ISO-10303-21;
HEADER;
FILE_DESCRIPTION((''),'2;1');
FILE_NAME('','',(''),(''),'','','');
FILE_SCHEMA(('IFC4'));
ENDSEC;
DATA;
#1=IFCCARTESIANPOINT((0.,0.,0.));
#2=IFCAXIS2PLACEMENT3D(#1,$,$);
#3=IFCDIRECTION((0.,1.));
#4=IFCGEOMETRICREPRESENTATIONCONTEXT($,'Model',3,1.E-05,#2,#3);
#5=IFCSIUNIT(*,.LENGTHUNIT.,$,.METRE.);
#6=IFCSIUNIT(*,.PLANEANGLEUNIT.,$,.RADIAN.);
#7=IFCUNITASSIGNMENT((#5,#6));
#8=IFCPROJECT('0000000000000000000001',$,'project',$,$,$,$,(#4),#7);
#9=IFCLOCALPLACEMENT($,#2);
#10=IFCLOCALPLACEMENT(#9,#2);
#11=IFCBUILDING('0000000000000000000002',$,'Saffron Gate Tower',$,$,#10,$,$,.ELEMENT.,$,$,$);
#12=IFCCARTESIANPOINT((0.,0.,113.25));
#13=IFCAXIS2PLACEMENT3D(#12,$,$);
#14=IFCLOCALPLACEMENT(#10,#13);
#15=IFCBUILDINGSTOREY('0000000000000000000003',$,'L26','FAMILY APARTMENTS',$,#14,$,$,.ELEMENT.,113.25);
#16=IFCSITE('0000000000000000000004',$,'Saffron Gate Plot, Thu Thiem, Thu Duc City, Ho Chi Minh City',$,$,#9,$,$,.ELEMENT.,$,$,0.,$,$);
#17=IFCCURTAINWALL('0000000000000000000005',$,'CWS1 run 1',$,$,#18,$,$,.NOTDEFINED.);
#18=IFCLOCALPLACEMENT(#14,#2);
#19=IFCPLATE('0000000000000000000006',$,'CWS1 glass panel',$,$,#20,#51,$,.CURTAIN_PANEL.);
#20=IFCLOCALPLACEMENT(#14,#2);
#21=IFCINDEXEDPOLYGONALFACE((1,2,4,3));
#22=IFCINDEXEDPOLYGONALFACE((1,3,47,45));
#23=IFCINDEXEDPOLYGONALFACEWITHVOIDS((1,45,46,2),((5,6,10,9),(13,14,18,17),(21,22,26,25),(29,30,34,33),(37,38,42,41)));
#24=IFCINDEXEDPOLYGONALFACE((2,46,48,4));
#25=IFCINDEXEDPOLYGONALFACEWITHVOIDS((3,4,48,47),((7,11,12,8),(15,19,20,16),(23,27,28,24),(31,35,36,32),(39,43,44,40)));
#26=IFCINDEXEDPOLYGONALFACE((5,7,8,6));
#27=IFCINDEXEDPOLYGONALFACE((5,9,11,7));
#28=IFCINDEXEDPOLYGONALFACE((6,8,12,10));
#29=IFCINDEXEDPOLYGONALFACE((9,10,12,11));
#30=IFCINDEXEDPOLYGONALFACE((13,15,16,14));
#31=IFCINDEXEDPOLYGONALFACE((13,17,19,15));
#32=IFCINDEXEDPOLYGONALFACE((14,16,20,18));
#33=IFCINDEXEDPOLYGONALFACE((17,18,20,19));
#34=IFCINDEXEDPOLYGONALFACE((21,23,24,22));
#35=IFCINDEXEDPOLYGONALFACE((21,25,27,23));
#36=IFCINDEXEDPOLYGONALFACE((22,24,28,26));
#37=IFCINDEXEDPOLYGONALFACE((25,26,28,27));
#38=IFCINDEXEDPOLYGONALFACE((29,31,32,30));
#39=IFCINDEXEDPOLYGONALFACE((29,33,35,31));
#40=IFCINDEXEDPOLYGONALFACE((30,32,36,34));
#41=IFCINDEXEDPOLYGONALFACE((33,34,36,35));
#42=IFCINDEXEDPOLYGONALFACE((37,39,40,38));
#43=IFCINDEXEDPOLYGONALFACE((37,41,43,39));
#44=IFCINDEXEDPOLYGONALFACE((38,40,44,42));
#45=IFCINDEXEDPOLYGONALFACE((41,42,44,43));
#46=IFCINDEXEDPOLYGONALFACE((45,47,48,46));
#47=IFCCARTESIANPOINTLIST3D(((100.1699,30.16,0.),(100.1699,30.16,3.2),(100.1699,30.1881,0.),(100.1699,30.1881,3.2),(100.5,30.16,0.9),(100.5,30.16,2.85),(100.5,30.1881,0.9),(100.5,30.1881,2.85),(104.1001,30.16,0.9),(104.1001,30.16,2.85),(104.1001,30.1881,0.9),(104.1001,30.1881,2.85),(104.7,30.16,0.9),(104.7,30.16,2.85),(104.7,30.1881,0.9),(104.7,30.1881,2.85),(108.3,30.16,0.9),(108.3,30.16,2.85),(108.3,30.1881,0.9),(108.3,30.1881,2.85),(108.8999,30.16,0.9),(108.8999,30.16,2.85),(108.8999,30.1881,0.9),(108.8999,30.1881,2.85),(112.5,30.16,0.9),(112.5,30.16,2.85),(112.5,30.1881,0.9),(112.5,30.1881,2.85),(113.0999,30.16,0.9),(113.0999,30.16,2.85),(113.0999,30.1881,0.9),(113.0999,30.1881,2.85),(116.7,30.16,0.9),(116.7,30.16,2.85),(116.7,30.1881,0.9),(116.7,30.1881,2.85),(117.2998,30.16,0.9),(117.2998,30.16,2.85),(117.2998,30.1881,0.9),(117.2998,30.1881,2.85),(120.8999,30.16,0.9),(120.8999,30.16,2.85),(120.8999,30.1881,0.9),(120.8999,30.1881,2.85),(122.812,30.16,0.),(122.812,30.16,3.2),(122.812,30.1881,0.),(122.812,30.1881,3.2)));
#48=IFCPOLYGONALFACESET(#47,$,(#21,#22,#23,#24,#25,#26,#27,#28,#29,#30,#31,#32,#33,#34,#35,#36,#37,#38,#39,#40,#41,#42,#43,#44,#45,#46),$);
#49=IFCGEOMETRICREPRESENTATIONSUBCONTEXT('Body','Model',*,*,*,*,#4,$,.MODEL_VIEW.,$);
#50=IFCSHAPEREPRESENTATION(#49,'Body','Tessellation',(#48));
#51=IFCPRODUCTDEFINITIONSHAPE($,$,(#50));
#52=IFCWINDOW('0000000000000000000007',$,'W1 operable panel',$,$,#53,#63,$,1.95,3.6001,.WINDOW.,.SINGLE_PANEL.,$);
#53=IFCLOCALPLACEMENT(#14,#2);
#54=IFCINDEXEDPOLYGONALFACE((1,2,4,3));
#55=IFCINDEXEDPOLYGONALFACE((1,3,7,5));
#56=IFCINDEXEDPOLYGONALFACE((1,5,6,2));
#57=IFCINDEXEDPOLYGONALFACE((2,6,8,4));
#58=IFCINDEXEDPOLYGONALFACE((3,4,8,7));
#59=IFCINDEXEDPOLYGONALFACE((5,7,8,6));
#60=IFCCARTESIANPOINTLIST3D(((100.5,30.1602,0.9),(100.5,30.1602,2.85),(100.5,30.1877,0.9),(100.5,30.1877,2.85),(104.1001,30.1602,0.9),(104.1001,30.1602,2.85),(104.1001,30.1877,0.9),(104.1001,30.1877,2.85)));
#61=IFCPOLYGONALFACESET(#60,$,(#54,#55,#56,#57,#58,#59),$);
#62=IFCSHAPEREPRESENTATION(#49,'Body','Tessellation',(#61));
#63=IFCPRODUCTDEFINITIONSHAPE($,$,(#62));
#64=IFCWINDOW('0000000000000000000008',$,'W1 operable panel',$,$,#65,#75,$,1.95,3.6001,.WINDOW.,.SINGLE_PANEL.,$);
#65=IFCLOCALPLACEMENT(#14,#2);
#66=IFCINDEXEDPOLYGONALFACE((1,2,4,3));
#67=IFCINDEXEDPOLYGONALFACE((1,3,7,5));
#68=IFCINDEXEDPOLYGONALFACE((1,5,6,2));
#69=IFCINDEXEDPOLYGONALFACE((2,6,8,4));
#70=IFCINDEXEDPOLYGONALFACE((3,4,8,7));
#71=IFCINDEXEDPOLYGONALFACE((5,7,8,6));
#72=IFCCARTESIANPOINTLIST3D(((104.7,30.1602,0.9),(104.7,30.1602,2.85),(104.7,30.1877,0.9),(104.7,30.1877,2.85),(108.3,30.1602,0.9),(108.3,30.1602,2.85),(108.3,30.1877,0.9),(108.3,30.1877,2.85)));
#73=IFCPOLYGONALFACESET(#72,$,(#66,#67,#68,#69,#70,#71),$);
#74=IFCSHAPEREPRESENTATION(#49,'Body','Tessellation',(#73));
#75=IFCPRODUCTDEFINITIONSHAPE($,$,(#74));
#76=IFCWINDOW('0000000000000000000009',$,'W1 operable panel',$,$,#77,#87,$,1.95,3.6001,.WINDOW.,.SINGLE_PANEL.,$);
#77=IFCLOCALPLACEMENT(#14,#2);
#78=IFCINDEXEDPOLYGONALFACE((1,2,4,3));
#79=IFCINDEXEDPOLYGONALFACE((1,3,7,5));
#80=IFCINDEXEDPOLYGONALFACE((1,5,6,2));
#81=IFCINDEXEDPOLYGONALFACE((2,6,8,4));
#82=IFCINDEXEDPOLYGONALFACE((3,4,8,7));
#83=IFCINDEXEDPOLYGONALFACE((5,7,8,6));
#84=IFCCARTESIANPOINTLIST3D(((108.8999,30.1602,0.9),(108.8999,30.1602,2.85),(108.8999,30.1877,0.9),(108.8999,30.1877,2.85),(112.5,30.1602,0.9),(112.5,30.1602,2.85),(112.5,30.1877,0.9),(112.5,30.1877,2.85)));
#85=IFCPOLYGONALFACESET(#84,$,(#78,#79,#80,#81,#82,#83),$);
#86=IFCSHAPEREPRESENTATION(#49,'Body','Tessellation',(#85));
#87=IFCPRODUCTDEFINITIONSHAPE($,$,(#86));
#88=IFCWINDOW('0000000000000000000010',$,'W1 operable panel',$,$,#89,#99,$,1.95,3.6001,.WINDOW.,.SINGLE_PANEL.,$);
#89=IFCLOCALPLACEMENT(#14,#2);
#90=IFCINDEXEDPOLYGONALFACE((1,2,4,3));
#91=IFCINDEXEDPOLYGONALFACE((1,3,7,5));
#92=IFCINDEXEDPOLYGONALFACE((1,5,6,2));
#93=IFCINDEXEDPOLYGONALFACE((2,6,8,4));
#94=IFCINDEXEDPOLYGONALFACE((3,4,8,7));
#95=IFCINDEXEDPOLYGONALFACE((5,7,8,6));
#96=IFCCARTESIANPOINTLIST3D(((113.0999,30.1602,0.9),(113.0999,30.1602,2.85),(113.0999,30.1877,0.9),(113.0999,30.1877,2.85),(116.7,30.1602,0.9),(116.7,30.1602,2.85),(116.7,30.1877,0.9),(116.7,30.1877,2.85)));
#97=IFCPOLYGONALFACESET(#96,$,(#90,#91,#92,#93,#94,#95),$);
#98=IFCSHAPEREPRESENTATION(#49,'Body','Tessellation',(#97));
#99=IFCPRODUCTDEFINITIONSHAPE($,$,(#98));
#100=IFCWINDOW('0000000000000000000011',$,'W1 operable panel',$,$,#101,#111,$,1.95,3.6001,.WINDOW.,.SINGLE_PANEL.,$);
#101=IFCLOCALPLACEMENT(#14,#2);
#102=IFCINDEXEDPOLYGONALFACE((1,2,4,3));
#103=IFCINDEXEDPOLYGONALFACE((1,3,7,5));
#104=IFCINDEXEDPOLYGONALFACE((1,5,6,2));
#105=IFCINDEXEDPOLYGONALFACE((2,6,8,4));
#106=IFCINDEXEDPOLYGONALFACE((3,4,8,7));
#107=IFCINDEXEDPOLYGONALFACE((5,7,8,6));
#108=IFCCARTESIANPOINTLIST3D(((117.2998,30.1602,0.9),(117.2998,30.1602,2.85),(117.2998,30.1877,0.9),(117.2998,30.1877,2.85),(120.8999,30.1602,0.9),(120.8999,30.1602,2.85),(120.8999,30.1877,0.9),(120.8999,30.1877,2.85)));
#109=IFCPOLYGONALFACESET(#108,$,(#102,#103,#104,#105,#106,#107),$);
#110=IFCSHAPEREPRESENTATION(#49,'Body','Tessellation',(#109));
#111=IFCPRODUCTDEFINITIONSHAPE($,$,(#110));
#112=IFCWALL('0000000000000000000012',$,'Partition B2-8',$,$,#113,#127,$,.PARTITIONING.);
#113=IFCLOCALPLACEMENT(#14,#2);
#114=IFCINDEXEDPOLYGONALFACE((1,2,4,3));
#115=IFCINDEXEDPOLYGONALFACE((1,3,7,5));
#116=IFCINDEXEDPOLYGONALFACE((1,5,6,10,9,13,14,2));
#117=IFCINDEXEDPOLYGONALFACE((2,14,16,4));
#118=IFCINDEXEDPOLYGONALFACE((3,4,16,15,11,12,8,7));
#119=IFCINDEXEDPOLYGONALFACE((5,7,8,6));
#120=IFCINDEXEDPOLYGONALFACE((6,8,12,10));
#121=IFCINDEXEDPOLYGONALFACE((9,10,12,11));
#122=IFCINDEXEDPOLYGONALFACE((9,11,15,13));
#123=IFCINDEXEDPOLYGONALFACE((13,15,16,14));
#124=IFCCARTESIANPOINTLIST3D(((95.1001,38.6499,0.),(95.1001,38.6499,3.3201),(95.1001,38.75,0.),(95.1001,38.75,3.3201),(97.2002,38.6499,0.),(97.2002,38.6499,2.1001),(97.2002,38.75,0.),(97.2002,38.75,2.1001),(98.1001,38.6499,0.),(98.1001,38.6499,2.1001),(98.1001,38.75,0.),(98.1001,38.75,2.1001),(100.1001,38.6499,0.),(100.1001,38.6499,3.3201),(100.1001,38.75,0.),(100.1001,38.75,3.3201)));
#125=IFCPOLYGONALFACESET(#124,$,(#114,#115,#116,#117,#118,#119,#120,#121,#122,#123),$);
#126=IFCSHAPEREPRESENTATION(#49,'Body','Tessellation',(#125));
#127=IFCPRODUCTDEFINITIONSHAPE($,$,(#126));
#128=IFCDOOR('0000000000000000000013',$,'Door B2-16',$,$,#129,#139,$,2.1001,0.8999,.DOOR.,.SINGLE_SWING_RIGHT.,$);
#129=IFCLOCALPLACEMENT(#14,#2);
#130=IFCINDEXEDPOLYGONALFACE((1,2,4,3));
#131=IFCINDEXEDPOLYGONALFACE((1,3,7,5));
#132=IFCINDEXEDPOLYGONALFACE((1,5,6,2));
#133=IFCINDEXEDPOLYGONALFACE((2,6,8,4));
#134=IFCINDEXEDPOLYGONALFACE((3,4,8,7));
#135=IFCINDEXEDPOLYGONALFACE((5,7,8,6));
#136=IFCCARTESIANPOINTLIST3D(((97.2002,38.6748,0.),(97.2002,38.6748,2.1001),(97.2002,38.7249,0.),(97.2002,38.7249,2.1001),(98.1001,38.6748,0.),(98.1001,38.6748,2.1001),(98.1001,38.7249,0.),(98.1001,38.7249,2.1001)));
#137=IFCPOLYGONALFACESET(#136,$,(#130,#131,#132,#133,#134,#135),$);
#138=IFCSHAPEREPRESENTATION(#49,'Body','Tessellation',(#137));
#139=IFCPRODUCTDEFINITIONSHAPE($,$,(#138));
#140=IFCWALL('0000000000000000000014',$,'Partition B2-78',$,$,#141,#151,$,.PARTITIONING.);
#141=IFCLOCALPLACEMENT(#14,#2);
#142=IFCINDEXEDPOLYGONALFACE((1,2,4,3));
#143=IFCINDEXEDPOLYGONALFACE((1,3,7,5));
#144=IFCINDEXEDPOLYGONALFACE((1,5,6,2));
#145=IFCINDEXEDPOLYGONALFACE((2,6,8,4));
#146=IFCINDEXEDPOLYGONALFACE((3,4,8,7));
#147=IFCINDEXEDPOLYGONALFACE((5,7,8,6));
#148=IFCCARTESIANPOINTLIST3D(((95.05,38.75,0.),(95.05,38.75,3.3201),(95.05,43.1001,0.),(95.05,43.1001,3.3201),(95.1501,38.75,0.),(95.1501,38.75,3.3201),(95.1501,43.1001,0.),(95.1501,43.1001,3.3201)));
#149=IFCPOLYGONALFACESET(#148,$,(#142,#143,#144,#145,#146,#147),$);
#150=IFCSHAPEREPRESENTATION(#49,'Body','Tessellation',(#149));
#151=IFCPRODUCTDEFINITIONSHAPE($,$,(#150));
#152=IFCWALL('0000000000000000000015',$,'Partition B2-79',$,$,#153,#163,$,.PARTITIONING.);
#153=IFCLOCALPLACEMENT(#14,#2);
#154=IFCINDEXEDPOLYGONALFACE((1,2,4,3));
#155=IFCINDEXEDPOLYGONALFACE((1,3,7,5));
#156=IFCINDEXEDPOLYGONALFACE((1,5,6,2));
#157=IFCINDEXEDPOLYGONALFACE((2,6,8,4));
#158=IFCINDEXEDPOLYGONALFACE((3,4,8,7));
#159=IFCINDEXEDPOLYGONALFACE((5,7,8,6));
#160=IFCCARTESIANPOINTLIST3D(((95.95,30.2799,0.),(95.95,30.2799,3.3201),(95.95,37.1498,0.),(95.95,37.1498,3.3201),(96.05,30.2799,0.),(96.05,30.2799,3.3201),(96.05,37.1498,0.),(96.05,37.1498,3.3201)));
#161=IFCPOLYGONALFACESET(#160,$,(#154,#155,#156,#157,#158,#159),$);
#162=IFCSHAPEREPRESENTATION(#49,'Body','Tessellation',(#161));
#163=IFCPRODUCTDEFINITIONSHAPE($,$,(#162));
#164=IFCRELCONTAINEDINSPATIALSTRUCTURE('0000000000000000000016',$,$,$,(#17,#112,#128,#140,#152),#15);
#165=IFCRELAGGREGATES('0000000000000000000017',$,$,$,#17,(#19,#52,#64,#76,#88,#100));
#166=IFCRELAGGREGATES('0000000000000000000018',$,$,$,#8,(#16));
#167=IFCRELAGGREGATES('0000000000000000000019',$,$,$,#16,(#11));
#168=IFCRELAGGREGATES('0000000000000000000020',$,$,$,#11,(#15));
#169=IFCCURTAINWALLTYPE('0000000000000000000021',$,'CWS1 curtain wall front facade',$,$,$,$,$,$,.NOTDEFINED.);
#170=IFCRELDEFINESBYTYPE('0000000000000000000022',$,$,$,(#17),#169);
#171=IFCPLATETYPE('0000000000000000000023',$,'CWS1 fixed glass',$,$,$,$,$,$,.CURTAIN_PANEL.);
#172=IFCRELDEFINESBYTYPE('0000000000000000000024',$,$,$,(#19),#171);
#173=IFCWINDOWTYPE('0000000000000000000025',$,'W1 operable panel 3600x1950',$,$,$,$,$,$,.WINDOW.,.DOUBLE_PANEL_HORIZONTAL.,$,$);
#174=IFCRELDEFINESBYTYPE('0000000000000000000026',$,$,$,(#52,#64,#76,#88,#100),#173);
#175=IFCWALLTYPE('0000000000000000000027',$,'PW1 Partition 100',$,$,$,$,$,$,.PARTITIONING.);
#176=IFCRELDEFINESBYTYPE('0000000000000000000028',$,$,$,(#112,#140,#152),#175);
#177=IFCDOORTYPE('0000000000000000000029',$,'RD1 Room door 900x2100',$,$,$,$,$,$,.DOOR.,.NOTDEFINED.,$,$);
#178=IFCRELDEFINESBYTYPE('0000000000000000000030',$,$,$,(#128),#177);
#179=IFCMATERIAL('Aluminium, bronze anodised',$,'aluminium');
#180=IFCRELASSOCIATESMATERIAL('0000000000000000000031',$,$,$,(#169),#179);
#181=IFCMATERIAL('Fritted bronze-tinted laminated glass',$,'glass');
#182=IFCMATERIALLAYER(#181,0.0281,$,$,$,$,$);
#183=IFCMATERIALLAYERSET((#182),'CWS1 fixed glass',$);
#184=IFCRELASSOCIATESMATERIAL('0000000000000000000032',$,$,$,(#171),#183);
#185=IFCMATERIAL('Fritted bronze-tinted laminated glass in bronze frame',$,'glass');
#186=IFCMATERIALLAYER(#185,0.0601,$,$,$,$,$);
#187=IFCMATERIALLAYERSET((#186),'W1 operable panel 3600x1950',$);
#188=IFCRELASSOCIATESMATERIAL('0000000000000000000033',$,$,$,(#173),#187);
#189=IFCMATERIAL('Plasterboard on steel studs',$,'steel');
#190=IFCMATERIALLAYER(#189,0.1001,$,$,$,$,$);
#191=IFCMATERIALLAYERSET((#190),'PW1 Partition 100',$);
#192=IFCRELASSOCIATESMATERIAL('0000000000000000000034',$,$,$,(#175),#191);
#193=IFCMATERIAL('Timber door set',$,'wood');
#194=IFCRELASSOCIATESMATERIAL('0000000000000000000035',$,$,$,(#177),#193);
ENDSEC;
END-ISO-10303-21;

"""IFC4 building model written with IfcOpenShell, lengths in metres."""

from ifc_helpers import new_model, si_unit, direction, frame, frame_2d, origin, place, context, subcontext, project, spatial, rectangle, extrude, material, layer, layer_set, type_object, element, fill, aggregate, save


model = new_model("IFC4")

# Units and contexts
model_context = context("Model", 3, precision=1e-05, world=origin(), true_north=direction((0.0, 1.0)))
body_context = subcontext(model_context, "Body", "Model", "MODEL_VIEW")
ifc_project = project(units=[si_unit("LENGTHUNIT", "METRE"), si_unit("PLANEANGLEUNIT", "RADIAN")], contexts=[model_context])

# Site, building, storey
site_placement = place(None, origin())
site = spatial("IfcSite", under=ifc_project, at=site_placement, Name="Saffron Gate Plot, Thu Thiem, Thu Duc City, Ho Chi Minh City", CompositionType="ELEMENT", RefElevation=0.0)
building_placement = place(site_placement, origin())
building = spatial("IfcBuilding", under=site, at=building_placement, Name="Saffron Gate Tower", CompositionType="ELEMENT")
storey_placement = place(building_placement, frame((0.0, 0.0, 113.25)))
storey = spatial("IfcBuildingStorey", under=building, at=storey_placement, Name="L26", Description="FAMILY APARTMENTS", CompositionType="ELEMENT", Elevation=113.25)

# Curtain wall, plate, openings, windows
ifc_material_1 = material(Name="Aluminium, bronze anodised", Category="aluminium")
curtain_wall_type = type_object("IfcCurtainWallType", Name="CWS1 curtain wall front facade", PredefinedType="NOTDEFINED", material=ifc_material_1)
curtain_wall_placement = place(storey_placement, origin())
curtain_wall = element("IfcCurtainWall", 1, at=curtain_wall_placement, inside=storey, type_object=curtain_wall_type, Name="CWS1 run 1", PredefinedType="NOTDEFINED")
ifc_material_2 = material(Name="Fritted bronze-tinted laminated glass", Category="glass")
ifc_layer_1 = layer(ifc_material_2, 0.0281)
ifc_layer_set_1 = layer_set([ifc_layer_1], Name="CWS1 fixed glass")
plate_type = type_object("IfcPlateType", Name="CWS1 fixed glass", PredefinedType="CURTAIN_PANEL", material=ifc_layer_set_1)
plate_placement = place(storey_placement, frame((100.1699, 30.1741, 0.0), z_axis=(0.0, 0.0, 1.0), x_axis=(1.0, 0.0, 0.0)))
plate = element("IfcPlate", 2, at=plate_placement, type_object=plate_type, Name="CWS1 glass panel", PredefinedType="CURTAIN_PANEL", context=body_context, shape_type="SweptSolid", body=[
    extrude(rectangle(XDim=22.6421, YDim=0.0281, at=frame_2d((11.321, 0.0))), origin(), (0.0, 0.0, 1.0), 3.2),
])
opening_1_placement = place(plate_placement, frame((0.3301, 0.0, 0.8999)))
opening_1 = element("IfcOpeningElement", 3, at=opening_1_placement, cuts=plate, PredefinedType="OPENING", context=body_context, shape_type="SweptSolid", body=[
    extrude(rectangle(XDim=3.6001, YDim=1.95, at=frame_2d((1.8, 0.9751))), frame((0.0, 0.0239, 0.0), z_axis=(0.0, -1.0, 0.0), x_axis=(1.0, 0.0, 0.0)), (0.0, 0.0, 1.0), 0.0481),
])
opening_2_placement = place(plate_placement, frame((4.53, 0.0, 0.8999)))
opening_2 = element("IfcOpeningElement", 4, at=opening_2_placement, cuts=plate, PredefinedType="OPENING", context=body_context, shape_type="SweptSolid", body=[
    extrude(rectangle(XDim=3.6001, YDim=1.95, at=frame_2d((1.8, 0.9751))), frame((0.0, 0.0239, 0.0), z_axis=(0.0, -1.0, 0.0), x_axis=(1.0, 0.0, 0.0)), (0.0, 0.0, 1.0), 0.0481),
])
opening_3_placement = place(plate_placement, frame((8.73, 0.0, 0.8999)))
opening_3 = element("IfcOpeningElement", 5, at=opening_3_placement, cuts=plate, PredefinedType="OPENING", context=body_context, shape_type="SweptSolid", body=[
    extrude(rectangle(XDim=3.6001, YDim=1.95, at=frame_2d((1.8, 0.9751))), frame((0.0, 0.0239, 0.0), z_axis=(0.0, -1.0, 0.0), x_axis=(1.0, 0.0, 0.0)), (0.0, 0.0, 1.0), 0.0481),
])
opening_4_placement = place(plate_placement, frame((12.9299, 0.0, 0.8999)))
opening_4 = element("IfcOpeningElement", 6, at=opening_4_placement, cuts=plate, PredefinedType="OPENING", context=body_context, shape_type="SweptSolid", body=[
    extrude(rectangle(XDim=3.6001, YDim=1.95, at=frame_2d((1.8, 0.9751))), frame((0.0, 0.0239, 0.0), z_axis=(0.0, -1.0, 0.0), x_axis=(1.0, 0.0, 0.0)), (0.0, 0.0, 1.0), 0.0481),
])
opening_5_placement = place(plate_placement, frame((17.1299, 0.0, 0.8999)))
opening_5 = element("IfcOpeningElement", 7, at=opening_5_placement, cuts=plate, PredefinedType="OPENING", context=body_context, shape_type="SweptSolid", body=[
    extrude(rectangle(XDim=3.6001, YDim=1.95, at=frame_2d((1.8, 0.9751))), frame((0.0, 0.0239, 0.0), z_axis=(0.0, -1.0, 0.0), x_axis=(1.0, 0.0, 0.0)), (0.0, 0.0, 1.0), 0.0481),
])
ifc_material_3 = material(Name="Fritted bronze-tinted laminated glass in bronze frame", Category="glass")
ifc_layer_2 = layer(ifc_material_3, 0.0601)
ifc_layer_set_2 = layer_set([ifc_layer_2], Name="W1 operable panel 3600x1950")
window_type = type_object("IfcWindowType", Name="W1 operable panel 3600x1950", PartitioningType="DOUBLE_PANEL_HORIZONTAL", PredefinedType="WINDOW", material=ifc_layer_set_2)
window_1_placement = place(opening_1_placement, origin())
window_1 = element("IfcWindow", 8, at=window_1_placement, type_object=window_type, Name="W1 operable panel", OverallHeight=1.95, OverallWidth=3.6001, PartitioningType="SINGLE_PANEL", PredefinedType="WINDOW", context=body_context, shape_type="SweptSolid", body=[
    extrude(rectangle(XDim=3.6001, YDim=1.95, at=frame_2d((1.8, 0.9751))), frame((0.0, 0.0137, 0.0), z_axis=(0.0, -1.0, 0.0), x_axis=(1.0, 0.0, 0.0)), (0.0, 0.0, 1.0), 0.0276),
])
fill(opening_1, window_1)
window_2_placement = place(opening_2_placement, origin())
window_2 = element("IfcWindow", 9, at=window_2_placement, type_object=window_type, Name="W1 operable panel", OverallHeight=1.95, OverallWidth=3.6001, PartitioningType="SINGLE_PANEL", PredefinedType="WINDOW", context=body_context, shape_type="SweptSolid", body=[
    extrude(rectangle(XDim=3.6001, YDim=1.95, at=frame_2d((1.8, 0.9751))), frame((0.0, 0.0137, 0.0), z_axis=(0.0, -1.0, 0.0), x_axis=(1.0, 0.0, 0.0)), (0.0, 0.0, 1.0), 0.0276),
])
fill(opening_2, window_2)
window_3_placement = place(opening_3_placement, origin())
window_3 = element("IfcWindow", 10, at=window_3_placement, type_object=window_type, Name="W1 operable panel", OverallHeight=1.95, OverallWidth=3.6001, PartitioningType="SINGLE_PANEL", PredefinedType="WINDOW", context=body_context, shape_type="SweptSolid", body=[
    extrude(rectangle(XDim=3.6001, YDim=1.95, at=frame_2d((1.8, 0.9751))), frame((0.0, 0.0137, 0.0), z_axis=(0.0, -1.0, 0.0), x_axis=(1.0, 0.0, 0.0)), (0.0, 0.0, 1.0), 0.0276),
])
fill(opening_3, window_3)
window_4_placement = place(opening_4_placement, origin())
window_4 = element("IfcWindow", 11, at=window_4_placement, type_object=window_type, Name="W1 operable panel", OverallHeight=1.95, OverallWidth=3.6001, PartitioningType="SINGLE_PANEL", PredefinedType="WINDOW", context=body_context, shape_type="SweptSolid", body=[
    extrude(rectangle(XDim=3.6001, YDim=1.95, at=frame_2d((1.8, 0.9751))), frame((0.0, 0.0137, 0.0), z_axis=(0.0, -1.0, 0.0), x_axis=(1.0, 0.0, 0.0)), (0.0, 0.0, 1.0), 0.0276),
])
fill(opening_4, window_4)
window_5_placement = place(opening_5_placement, origin())
window_5 = element("IfcWindow", 12, at=window_5_placement, type_object=window_type, Name="W1 operable panel", OverallHeight=1.95, OverallWidth=3.6001, PartitioningType="SINGLE_PANEL", PredefinedType="WINDOW", context=body_context, shape_type="SweptSolid", body=[
    extrude(rectangle(XDim=3.6001, YDim=1.95, at=frame_2d((1.8, 0.9751))), frame((0.0, 0.0137, 0.0), z_axis=(0.0, -1.0, 0.0), x_axis=(1.0, 0.0, 0.0)), (0.0, 0.0, 1.0), 0.0276),
])
fill(opening_5, window_5)
aggregate(curtain_wall, [plate, window_1, window_2, window_3, window_4, window_5])

# Wall, opening, door
ifc_material_4 = material(Name="Plasterboard on steel studs", Category="steel")
ifc_layer_3 = layer(ifc_material_4, 0.1001)
ifc_layer_set_3 = layer_set([ifc_layer_3], Name="PW1 Partition 100")
wall_type_1 = type_object("IfcWallType", Name="PW1 Partition 100", PredefinedType="PARTITIONING", material=ifc_layer_set_3)
wall_1_placement = place(storey_placement, frame((95.1001, 38.7, 0.0), z_axis=(0.0, 0.0, 1.0), x_axis=(1.0, 0.0, 0.0)))
wall_1 = element("IfcWall", 13, at=wall_1_placement, inside=storey, type_object=wall_type_1, Name="Partition B2-8", PredefinedType="PARTITIONING", context=body_context, shape_type="SweptSolid", body=[
    extrude(rectangle(XDim=5.0, YDim=0.1001, at=frame_2d((2.5, 0.0))), origin(), (0.0, 0.0, 1.0), 3.3201),
])
opening_6_placement = place(wall_1_placement, frame((2.1001, 0.0, 0.0)))
opening_6 = element("IfcOpeningElement", 14, at=opening_6_placement, cuts=wall_1, PredefinedType="OPENING", context=body_context, shape_type="SweptSolid", body=[
    extrude(rectangle(XDim=0.8999, YDim=2.1001, at=frame_2d((0.45, 1.05))), frame((0.0, 0.0601, 0.0), z_axis=(0.0, -1.0, 0.0), x_axis=(1.0, 0.0, 0.0)), (0.0, 0.0, 1.0), 0.1201),
])
ifc_material_5 = material(Name="Timber door set", Category="wood")
door_type = type_object("IfcDoorType", Name="RD1 Room door 900x2100", OperationType="NOTDEFINED", PredefinedType="DOOR", material=ifc_material_5)
door_1_placement = place(opening_6_placement, origin())
door_1 = element("IfcDoor", 15, at=door_1_placement, inside=storey, type_object=door_type, Name="Door B2-16", OperationType="SINGLE_SWING_RIGHT", OverallHeight=2.1001, OverallWidth=0.8999, PredefinedType="DOOR", context=body_context, shape_type="SweptSolid", body=[
    extrude(rectangle(XDim=0.8999, YDim=2.1001, at=frame_2d((0.45, 1.05))), frame((0.0, 0.0249, 0.0), z_axis=(0.0, -1.0, 0.0), x_axis=(1.0, 0.0, 0.0)), (0.0, 0.0, 1.0), 0.05),
])
fill(opening_6, door_1)

# Walls
wall_2_placement = place(storey_placement, frame((95.1001, 43.1001, 0.0), z_axis=(0.0, 0.0, 1.0), x_axis=(0.0, -1.0, 0.0)))
element("IfcWall", 16, at=wall_2_placement, inside=storey, type_object=wall_type_1, Name="Partition B2-78", PredefinedType="PARTITIONING", context=body_context, shape_type="SweptSolid", body=[
    extrude(rectangle(XDim=4.3501, YDim=0.1001, at=frame_2d((2.175, 0.0))), origin(), (0.0, 0.0, 1.0), 3.3201),
])
wall_3_placement = place(storey_placement, frame((96.0, 37.1499, 0.0), z_axis=(0.0, 0.0, 1.0), x_axis=(0.0, -1.0, 0.0)))
element("IfcWall", 17, at=wall_3_placement, inside=storey, type_object=wall_type_1, Name="Partition B2-79", PredefinedType="PARTITIONING", context=body_context, shape_type="SweptSolid", body=[
    extrude(rectangle(XDim=6.8699, YDim=0.1001, at=frame_2d((3.4351, 0.0))), origin(), (0.0, 0.0, 1.0), 3.3201),
])

save(model, "model.ifc")
